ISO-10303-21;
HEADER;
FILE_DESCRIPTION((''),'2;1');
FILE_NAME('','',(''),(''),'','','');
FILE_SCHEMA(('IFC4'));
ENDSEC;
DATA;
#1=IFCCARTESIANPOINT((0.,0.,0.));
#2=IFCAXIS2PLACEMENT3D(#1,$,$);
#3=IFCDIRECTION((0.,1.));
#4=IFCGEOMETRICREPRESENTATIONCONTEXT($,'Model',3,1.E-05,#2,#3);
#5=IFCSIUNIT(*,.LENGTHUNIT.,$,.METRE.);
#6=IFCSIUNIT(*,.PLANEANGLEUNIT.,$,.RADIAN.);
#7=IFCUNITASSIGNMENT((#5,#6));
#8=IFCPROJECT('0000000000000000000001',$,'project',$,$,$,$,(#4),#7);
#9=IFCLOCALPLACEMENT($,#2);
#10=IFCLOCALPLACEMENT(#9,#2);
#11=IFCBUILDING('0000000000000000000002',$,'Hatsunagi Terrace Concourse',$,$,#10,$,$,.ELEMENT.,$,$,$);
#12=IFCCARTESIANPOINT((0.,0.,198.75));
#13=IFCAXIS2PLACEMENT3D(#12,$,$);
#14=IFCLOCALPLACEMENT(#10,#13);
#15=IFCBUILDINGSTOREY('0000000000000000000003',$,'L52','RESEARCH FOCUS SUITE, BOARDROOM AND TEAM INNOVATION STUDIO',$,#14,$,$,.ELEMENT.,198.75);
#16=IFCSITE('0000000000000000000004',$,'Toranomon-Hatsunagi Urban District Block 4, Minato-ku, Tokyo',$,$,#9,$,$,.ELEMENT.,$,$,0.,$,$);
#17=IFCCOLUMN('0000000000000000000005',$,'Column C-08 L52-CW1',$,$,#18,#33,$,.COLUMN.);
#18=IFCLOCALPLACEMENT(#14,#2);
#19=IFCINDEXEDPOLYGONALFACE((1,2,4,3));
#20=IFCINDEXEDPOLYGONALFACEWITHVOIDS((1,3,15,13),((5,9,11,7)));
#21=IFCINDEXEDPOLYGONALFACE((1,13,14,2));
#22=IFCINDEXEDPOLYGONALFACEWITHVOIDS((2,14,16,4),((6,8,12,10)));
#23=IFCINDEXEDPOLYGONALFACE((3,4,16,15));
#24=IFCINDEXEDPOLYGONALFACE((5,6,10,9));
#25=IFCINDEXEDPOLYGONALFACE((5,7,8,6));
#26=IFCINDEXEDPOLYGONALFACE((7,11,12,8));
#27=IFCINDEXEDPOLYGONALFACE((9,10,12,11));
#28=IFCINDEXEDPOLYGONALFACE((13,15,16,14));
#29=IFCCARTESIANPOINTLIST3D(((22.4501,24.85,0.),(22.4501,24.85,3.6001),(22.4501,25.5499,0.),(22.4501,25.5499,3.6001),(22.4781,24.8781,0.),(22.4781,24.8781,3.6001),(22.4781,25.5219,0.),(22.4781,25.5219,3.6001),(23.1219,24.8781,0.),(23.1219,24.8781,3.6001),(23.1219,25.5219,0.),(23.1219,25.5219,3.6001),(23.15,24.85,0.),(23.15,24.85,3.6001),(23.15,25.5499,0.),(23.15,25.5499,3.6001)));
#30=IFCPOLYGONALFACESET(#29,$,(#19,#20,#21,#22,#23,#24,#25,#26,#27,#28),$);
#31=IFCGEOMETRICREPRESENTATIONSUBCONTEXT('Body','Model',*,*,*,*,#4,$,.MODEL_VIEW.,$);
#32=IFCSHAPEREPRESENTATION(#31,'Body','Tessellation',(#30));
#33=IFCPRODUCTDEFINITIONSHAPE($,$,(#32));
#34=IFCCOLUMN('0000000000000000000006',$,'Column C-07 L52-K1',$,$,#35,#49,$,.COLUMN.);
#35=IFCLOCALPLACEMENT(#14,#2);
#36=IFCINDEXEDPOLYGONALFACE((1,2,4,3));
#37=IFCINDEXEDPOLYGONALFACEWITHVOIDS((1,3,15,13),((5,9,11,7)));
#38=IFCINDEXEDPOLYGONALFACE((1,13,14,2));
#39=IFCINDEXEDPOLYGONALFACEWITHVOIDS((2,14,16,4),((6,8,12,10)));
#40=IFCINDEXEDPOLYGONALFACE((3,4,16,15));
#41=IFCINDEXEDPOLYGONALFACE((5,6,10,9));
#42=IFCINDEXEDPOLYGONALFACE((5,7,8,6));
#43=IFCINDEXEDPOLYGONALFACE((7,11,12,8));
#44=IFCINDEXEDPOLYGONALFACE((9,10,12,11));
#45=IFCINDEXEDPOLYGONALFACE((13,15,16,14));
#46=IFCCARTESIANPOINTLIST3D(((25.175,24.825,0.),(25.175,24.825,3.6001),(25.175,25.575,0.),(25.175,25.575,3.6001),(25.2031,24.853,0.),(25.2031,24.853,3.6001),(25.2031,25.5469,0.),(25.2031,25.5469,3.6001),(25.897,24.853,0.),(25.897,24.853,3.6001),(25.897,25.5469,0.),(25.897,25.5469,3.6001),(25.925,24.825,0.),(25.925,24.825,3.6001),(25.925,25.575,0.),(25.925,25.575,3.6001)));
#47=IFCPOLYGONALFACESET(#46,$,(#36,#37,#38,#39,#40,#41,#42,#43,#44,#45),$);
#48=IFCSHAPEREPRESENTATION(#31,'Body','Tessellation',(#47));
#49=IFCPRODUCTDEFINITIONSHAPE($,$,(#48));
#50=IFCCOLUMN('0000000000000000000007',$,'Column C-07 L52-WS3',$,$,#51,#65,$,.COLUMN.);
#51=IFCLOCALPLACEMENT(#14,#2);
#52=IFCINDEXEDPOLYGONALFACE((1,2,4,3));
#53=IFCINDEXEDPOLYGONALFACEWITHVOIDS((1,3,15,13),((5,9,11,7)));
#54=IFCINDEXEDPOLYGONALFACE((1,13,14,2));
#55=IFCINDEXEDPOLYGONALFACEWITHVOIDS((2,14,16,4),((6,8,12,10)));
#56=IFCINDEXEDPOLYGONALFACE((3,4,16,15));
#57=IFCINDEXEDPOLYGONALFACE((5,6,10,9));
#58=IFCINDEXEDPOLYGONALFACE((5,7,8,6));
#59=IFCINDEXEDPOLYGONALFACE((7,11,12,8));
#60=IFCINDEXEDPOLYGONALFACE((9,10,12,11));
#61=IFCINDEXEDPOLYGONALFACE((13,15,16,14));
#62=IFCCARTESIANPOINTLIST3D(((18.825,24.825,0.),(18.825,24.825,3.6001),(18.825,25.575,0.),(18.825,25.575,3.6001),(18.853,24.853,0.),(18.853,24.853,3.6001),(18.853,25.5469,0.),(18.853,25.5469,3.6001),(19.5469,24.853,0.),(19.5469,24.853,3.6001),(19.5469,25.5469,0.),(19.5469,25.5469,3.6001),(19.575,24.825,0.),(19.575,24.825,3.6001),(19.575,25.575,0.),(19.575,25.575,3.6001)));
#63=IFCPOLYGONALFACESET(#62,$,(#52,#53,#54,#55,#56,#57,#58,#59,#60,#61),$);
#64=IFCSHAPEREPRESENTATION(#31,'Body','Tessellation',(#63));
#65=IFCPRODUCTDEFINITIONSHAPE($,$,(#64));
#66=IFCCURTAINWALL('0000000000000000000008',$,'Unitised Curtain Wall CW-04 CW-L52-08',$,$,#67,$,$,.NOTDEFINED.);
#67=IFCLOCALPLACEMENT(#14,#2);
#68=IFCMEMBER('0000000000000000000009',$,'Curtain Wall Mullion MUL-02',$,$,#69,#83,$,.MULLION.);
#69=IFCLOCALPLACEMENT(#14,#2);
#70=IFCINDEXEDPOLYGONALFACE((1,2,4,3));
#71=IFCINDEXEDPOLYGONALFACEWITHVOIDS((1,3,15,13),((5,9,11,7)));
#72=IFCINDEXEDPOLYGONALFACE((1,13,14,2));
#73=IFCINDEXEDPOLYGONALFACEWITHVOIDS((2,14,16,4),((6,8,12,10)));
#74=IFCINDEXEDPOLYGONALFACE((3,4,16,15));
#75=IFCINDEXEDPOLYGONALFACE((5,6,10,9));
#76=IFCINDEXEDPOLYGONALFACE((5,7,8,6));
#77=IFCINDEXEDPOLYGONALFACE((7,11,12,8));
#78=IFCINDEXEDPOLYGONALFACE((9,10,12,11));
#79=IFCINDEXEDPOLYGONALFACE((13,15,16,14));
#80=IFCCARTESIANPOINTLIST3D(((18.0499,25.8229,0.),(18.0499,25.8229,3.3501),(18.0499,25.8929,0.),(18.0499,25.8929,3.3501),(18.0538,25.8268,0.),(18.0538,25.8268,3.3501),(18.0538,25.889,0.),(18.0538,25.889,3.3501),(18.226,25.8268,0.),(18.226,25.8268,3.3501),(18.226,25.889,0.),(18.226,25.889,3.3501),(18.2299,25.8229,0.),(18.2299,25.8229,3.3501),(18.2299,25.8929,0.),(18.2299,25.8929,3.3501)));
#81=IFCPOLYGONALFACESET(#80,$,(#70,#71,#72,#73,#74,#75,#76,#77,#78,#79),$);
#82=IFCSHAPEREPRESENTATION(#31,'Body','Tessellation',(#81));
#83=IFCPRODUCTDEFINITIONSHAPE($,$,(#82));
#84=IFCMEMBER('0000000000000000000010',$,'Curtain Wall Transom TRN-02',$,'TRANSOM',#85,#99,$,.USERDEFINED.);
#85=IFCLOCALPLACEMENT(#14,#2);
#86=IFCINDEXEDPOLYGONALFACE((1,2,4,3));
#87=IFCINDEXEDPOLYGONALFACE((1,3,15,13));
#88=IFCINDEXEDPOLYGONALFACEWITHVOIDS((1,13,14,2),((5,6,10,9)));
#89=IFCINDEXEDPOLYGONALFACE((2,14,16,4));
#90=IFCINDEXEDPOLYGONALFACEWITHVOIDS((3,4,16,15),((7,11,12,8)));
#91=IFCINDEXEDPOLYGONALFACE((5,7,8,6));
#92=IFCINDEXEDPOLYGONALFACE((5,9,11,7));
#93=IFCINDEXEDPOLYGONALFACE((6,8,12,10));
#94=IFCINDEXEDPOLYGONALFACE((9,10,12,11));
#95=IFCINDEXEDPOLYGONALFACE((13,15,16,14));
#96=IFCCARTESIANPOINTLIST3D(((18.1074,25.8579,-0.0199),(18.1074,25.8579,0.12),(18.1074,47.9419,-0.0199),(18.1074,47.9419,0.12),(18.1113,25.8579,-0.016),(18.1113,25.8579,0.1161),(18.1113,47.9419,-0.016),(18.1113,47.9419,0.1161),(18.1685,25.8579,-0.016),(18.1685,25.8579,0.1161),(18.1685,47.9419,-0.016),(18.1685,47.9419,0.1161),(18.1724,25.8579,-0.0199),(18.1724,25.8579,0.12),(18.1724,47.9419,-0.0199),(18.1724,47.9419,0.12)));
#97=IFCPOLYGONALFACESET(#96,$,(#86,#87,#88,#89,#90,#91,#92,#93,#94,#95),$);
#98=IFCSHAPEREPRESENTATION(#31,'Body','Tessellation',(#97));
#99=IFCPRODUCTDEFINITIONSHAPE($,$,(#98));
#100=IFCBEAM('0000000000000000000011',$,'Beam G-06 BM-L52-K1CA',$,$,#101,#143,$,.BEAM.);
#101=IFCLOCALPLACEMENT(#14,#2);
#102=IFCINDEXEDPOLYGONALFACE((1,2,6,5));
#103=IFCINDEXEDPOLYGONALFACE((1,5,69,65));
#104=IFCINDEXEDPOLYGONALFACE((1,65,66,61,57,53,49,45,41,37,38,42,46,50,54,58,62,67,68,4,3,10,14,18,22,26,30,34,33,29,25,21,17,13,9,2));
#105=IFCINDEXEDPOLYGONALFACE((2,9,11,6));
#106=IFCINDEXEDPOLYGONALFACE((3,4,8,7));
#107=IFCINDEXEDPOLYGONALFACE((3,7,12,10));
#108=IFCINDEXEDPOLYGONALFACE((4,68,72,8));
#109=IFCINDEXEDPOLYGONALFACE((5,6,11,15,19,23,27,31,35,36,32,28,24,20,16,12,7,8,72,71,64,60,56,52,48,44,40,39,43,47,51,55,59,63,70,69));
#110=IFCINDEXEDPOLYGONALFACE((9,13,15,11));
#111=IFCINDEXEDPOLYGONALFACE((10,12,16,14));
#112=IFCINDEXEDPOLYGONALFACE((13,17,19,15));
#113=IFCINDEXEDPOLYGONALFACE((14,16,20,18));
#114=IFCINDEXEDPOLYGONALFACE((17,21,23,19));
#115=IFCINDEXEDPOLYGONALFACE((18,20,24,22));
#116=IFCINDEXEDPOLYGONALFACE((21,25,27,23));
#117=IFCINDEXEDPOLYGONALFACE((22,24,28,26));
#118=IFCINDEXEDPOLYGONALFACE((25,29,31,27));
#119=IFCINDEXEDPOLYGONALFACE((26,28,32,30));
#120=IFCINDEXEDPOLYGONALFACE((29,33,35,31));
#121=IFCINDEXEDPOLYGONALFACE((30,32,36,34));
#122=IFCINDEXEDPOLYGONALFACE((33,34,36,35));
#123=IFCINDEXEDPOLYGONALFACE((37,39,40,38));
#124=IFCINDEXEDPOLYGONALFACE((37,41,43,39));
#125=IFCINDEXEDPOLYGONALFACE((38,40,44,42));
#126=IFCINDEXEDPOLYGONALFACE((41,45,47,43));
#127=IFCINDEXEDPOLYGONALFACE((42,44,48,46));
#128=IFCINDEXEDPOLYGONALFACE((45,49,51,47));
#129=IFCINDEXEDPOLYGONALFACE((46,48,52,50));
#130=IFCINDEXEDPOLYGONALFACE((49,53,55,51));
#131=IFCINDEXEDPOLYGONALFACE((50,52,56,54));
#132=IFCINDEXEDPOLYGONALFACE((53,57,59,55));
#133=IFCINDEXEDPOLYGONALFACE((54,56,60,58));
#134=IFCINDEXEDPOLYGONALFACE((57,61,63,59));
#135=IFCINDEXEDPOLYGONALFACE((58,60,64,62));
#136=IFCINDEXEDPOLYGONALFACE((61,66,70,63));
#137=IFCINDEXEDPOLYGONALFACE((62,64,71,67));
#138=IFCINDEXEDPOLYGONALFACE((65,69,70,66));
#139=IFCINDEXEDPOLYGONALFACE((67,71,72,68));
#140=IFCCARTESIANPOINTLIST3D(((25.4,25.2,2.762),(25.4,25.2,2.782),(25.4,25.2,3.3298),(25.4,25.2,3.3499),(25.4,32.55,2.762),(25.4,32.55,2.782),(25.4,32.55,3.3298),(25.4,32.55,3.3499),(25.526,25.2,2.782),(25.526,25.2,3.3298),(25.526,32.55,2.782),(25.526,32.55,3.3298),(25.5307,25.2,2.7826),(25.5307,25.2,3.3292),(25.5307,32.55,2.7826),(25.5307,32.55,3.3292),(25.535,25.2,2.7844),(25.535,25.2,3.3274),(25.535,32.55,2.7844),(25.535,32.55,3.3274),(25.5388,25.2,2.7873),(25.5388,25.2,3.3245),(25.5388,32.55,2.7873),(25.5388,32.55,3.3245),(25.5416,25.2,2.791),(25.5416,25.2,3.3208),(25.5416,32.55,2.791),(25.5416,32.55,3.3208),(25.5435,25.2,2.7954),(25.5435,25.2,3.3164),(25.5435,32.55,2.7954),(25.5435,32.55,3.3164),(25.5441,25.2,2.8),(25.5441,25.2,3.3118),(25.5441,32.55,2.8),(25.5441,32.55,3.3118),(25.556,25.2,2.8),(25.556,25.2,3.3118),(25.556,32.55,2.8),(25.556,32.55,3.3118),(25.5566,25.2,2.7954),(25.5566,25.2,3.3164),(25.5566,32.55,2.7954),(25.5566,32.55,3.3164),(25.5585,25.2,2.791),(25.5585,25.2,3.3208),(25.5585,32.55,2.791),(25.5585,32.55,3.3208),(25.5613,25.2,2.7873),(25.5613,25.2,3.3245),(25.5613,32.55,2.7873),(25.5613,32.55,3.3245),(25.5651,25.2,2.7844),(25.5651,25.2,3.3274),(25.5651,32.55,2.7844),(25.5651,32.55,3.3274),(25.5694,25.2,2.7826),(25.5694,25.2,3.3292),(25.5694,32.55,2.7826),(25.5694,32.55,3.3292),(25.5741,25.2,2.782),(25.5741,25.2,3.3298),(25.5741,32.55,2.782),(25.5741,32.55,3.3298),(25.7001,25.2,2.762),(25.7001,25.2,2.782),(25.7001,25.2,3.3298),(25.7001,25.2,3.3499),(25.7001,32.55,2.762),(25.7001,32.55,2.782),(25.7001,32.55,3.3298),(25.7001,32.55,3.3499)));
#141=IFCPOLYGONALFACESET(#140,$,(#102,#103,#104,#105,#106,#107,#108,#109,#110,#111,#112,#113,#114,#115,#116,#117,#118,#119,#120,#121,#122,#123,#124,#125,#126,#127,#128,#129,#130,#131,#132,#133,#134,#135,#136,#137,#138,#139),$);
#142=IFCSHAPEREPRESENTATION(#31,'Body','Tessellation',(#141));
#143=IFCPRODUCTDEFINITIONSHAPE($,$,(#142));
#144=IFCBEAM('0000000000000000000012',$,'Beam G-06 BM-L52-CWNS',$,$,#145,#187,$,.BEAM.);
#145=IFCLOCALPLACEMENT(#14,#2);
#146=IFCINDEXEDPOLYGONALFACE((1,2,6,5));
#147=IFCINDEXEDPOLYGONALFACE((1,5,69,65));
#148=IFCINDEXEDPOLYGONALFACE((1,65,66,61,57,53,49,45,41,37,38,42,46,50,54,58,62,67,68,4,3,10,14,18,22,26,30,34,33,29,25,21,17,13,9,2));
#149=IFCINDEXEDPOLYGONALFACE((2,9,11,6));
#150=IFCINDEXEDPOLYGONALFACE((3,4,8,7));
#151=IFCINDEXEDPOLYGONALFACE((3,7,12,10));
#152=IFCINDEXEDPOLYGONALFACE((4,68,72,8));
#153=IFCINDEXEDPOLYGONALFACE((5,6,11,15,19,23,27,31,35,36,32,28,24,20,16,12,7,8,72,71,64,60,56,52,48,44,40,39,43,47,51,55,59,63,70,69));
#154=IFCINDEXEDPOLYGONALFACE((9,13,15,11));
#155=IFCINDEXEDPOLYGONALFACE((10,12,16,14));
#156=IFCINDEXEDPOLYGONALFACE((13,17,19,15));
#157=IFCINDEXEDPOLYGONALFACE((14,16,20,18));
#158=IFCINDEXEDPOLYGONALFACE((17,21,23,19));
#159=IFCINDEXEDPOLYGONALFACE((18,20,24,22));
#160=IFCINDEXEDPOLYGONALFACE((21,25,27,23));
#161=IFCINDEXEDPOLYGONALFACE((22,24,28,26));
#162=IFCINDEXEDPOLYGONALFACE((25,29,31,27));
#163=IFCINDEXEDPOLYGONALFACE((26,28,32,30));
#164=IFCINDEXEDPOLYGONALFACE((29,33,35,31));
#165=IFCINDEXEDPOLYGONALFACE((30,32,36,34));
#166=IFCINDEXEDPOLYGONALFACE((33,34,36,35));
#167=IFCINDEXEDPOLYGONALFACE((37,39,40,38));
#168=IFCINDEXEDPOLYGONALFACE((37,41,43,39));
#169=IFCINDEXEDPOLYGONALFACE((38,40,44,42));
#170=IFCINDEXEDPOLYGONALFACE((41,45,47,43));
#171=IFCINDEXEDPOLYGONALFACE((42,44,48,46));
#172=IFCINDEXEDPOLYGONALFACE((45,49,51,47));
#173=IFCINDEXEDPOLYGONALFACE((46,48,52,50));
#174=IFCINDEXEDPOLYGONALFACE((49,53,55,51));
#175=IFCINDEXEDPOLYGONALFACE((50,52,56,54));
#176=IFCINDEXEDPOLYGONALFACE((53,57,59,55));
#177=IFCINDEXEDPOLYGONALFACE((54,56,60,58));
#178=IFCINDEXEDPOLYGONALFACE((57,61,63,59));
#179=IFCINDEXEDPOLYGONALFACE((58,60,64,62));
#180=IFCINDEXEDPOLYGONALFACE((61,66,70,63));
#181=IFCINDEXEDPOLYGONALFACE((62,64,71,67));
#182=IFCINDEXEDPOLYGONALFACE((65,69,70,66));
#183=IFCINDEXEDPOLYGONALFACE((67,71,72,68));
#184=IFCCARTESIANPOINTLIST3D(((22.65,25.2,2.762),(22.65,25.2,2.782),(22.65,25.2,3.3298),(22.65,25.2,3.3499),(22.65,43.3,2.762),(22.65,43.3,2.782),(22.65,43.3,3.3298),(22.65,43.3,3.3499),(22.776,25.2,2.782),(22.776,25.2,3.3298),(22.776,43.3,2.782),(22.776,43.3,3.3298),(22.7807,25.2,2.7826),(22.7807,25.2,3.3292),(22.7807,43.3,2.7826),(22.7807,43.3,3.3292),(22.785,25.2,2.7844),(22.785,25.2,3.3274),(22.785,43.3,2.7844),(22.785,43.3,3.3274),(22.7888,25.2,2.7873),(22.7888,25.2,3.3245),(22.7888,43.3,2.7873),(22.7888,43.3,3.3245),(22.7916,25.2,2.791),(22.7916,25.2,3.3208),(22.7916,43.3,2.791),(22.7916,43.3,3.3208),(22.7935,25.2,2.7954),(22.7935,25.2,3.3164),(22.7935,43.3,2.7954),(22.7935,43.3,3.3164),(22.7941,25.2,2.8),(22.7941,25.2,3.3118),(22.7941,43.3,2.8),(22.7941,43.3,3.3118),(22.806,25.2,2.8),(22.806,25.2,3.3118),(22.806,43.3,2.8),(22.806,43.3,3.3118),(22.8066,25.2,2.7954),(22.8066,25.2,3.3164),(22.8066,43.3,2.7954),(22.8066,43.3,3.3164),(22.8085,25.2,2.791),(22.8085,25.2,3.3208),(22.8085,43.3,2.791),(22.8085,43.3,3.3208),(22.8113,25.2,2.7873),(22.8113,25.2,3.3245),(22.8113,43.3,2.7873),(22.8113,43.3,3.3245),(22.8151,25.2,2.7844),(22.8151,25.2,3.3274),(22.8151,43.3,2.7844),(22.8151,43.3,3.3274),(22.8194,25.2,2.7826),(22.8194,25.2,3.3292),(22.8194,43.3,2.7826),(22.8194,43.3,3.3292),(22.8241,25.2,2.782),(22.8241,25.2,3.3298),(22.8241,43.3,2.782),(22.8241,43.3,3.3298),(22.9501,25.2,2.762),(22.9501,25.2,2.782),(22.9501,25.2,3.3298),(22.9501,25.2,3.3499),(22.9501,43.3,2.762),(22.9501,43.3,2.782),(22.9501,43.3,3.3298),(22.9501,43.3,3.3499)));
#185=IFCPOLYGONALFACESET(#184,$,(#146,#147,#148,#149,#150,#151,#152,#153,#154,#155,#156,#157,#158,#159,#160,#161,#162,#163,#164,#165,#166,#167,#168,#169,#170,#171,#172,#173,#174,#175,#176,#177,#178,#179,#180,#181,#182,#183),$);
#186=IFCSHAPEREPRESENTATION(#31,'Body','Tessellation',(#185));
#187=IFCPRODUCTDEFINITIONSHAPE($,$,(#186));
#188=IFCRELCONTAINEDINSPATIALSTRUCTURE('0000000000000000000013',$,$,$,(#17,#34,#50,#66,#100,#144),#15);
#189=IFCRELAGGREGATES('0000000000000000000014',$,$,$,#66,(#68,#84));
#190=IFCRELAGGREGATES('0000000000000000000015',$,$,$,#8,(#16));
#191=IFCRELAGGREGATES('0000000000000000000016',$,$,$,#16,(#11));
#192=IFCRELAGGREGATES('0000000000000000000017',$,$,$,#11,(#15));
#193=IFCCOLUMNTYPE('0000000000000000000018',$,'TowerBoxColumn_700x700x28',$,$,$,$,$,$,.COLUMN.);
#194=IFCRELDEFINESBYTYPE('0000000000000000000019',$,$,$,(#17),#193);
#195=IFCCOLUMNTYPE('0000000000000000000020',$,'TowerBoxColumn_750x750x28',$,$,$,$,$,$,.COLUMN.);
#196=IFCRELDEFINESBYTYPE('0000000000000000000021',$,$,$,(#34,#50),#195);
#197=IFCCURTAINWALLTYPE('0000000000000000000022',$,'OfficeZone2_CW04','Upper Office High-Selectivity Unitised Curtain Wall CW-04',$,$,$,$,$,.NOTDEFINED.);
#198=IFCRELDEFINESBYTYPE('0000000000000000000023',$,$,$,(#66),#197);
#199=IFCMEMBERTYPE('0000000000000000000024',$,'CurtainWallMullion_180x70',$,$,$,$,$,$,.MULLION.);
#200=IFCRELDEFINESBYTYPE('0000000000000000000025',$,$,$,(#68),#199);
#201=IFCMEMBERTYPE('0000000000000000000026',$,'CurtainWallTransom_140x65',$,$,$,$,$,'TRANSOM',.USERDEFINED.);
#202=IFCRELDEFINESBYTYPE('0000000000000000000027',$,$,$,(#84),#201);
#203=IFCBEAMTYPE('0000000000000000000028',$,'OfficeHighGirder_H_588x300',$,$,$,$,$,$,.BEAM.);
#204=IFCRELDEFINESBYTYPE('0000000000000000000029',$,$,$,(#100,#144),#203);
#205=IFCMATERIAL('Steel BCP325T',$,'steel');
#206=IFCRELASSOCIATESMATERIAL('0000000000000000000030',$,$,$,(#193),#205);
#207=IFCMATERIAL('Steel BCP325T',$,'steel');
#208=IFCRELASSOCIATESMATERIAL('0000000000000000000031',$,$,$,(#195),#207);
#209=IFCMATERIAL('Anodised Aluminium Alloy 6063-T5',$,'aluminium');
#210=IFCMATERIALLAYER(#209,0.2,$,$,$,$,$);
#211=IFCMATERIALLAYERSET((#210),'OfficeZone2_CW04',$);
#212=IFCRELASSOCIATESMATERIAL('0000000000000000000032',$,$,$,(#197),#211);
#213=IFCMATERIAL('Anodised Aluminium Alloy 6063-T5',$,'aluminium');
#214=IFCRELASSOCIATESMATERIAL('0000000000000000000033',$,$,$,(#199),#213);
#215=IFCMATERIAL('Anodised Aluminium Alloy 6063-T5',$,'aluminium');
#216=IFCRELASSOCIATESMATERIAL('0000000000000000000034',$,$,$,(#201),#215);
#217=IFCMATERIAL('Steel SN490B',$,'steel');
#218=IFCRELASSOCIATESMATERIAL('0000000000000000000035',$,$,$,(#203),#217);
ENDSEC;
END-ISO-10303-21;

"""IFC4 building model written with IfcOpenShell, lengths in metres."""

from ifc_helpers import new_model, si_unit, direction, frame, origin, origin_2d, place, context, subcontext, project, spatial, hollow_rectangle, i_section, extrude, material, layer, layer_set, material_profile, profile_set, type_object, element, aggregate, save


model = new_model("IFC4")

# Units and contexts
model_context = context("Model", 3, precision=1e-05, world=origin(), true_north=direction((0.0, 1.0)))
body_context = subcontext(model_context, "Body", "Model", "MODEL_VIEW")
ifc_project = project(units=[si_unit("LENGTHUNIT", "METRE"), si_unit("PLANEANGLEUNIT", "RADIAN")], contexts=[model_context])

# Site, building, storey
site_placement = place(None, origin())
site = spatial("IfcSite", under=ifc_project, at=site_placement, Name="Toranomon-Hatsunagi Urban District Block 4, Minato-ku, Tokyo", CompositionType="ELEMENT", RefElevation=0.0)
building_placement = place(site_placement, origin())
building = spatial("IfcBuilding", under=site, at=building_placement, Name="Hatsunagi Terrace Concourse", CompositionType="ELEMENT")
storey_placement = place(building_placement, frame((0.0, 0.0, 198.75)))
storey = spatial("IfcBuildingStorey", under=building, at=storey_placement, Name="L52", Description="RESEARCH FOCUS SUITE, BOARDROOM AND TEAM INNOVATION STUDIO", CompositionType="ELEMENT", Elevation=198.75)

# Columns
ifc_material_1 = material(Name="Steel BCP325T", Category="steel")
ifc_material_profile_1 = material_profile(ifc_material_1, hollow_rectangle(XDim=0.7, YDim=0.7, WallThickness=0.0281, at=origin_2d()), Name="BCP-700x700x28")
ifc_profile_set_1 = profile_set([ifc_material_profile_1], Name="Steel BCP325T")
column_type_1 = type_object("IfcColumnType", Name="TowerBoxColumn_700x700x28", PredefinedType="COLUMN", material=ifc_profile_set_1)
column_placement = place(storey_placement, frame((22.8, 25.2, 0.0), z_axis=(0.0, 0.0, 1.0), x_axis=(1.0, 0.0, 0.0)))
element("IfcColumn", 1, at=column_placement, inside=storey, type_object=column_type_1, Name="Column C-08 L52-CW1", PredefinedType="COLUMN", context=body_context, shape_type="SweptSolid", body=[
    extrude(hollow_rectangle(XDim=0.7, YDim=0.7, WallThickness=0.0281, at=origin_2d()), origin(), (0.0, 0.0, 1.0), 3.6001),
])
ifc_material_2 = material(Name="Steel BCP325T", Category="steel")
ifc_material_profile_2 = material_profile(ifc_material_2, hollow_rectangle(XDim=0.75, YDim=0.75, WallThickness=0.0281, at=origin_2d()), Name="BCP-750x750x28")
ifc_profile_set_2 = profile_set([ifc_material_profile_2], Name="Steel BCP325T")
column_type_2 = type_object("IfcColumnType", Name="TowerBoxColumn_750x750x28", PredefinedType="COLUMN", material=ifc_profile_set_2)
for number, where, z_axis, x_axis, name in (
    (2, (25.55, 25.2, 0.0), (0.0, 0.0, 1.0), (1.0, 0.0, 0.0), "Column C-07 L52-K1"),
    (3, (19.2, 25.2, 0.0), (0.0, 0.0, 1.0), (1.0, 0.0, 0.0), "Column C-07 L52-WS3"),
):
    element("IfcColumn", number, at=place(storey_placement, frame(where, z_axis=z_axis, x_axis=x_axis)), inside=storey, type_object=column_type_2, Name=name, PredefinedType="COLUMN", context=body_context, shape_type="SweptSolid", body=[
        extrude(hollow_rectangle(XDim=0.75, YDim=0.75, WallThickness=0.0281, at=origin_2d()), origin(), (0.0, 0.0, 1.0), 3.6001),
    ])

# Curtain wall, members
ifc_material_3 = material(Name="Anodised Aluminium Alloy 6063-T5", Category="aluminium")
ifc_layer_1 = layer(ifc_material_3, 0.2)
ifc_layer_set_1 = layer_set([ifc_layer_1], Name="OfficeZone2_CW04")
curtain_wall_type = type_object("IfcCurtainWallType", Name="OfficeZone2_CW04", Description="Upper Office High-Selectivity Unitised Curtain Wall CW-04", PredefinedType="NOTDEFINED", material=ifc_layer_set_1)
curtain_wall_placement = place(storey_placement, origin())
curtain_wall = element("IfcCurtainWall", 4, at=curtain_wall_placement, inside=storey, type_object=curtain_wall_type, Name="Unitised Curtain Wall CW-04 CW-L52-08", PredefinedType="NOTDEFINED")
ifc_material_4 = material(Name="Anodised Aluminium Alloy 6063-T5", Category="aluminium")
ifc_material_profile_3 = material_profile(ifc_material_4, hollow_rectangle(XDim=0.0701, YDim=0.1799, WallThickness=0.0039, at=origin_2d()), Name="ALU-MUL-180x70x4")
ifc_profile_set_3 = profile_set([ifc_material_profile_3], Name="Anodised Aluminium Alloy 6063-T5")
member_type_1 = type_object("IfcMemberType", Name="CurtainWallMullion_180x70", PredefinedType="MULLION", material=ifc_profile_set_3)
member_1_placement = place(storey_placement, frame((18.1399, 25.8579, 0.0), z_axis=(0.0, 0.0, 1.0), x_axis=(0.0, 1.0, 0.0)))
member_1 = element("IfcMember", 5, at=member_1_placement, type_object=member_type_1, Name="Curtain Wall Mullion MUL-02", PredefinedType="MULLION", context=body_context, shape_type="SweptSolid", body=[
    extrude(hollow_rectangle(XDim=0.0701, YDim=0.1799, WallThickness=0.0039, at=origin_2d()), origin(), (0.0, 0.0, 1.0), 3.3501),
])
ifc_material_5 = material(Name="Anodised Aluminium Alloy 6063-T5", Category="aluminium")
ifc_material_profile_4 = material_profile(ifc_material_5, hollow_rectangle(XDim=0.0649, YDim=0.1399, WallThickness=0.0039, at=origin_2d()), Name="ALU-TRN-140x65x4")
ifc_profile_set_4 = profile_set([ifc_material_profile_4], Name="Anodised Aluminium Alloy 6063-T5")
member_type_2 = type_object("IfcMemberType", Name="CurtainWallTransom_140x65", ElementType="TRANSOM", PredefinedType="USERDEFINED", material=ifc_profile_set_4)
member_2_placement = place(storey_placement, frame((18.1399, 25.8579, 0.05), z_axis=(0.0, 1.0, 0.0), x_axis=(-1.0, 0.0, 0.0)))
member_2 = element("IfcMember", 6, at=member_2_placement, type_object=member_type_2, Name="Curtain Wall Transom TRN-02", ObjectType="TRANSOM", PredefinedType="USERDEFINED", context=body_context, shape_type="SweptSolid", body=[
    extrude(hollow_rectangle(XDim=0.0649, YDim=0.1399, WallThickness=0.0039, at=origin_2d()), origin(), (0.0, 0.0, 1.0), 22.084),
])
aggregate(curtain_wall, [member_1, member_2])

# Beams
ifc_material_6 = material(Name="Steel SN490B", Category="steel")
ifc_material_profile_5 = material_profile(ifc_material_6, i_section(OverallWidth=0.3, OverallDepth=0.5879, WebThickness=0.012, FlangeThickness=0.02, FilletRadius=0.0181, at=origin_2d()), Name="H-588x300x12x20")
ifc_profile_set_5 = profile_set([ifc_material_profile_5], Name="Steel SN490B")
beam_type_1 = type_object("IfcBeamType", Name="OfficeHighGirder_H_588x300", PredefinedType="BEAM", material=ifc_profile_set_5)
beam_1_placement = place(storey_placement, frame((25.55, 25.2, 3.0559), z_axis=(0.0, 1.0, 0.0), x_axis=(-1.0, 0.0, 0.0)))
element("IfcBeam", 7, at=beam_1_placement, inside=storey, type_object=beam_type_1, Name="Beam G-06 BM-L52-K1CA", PredefinedType="BEAM", context=body_context, shape_type="SweptSolid", body=[
    extrude(i_section(OverallWidth=0.3, OverallDepth=0.5879, WebThickness=0.012, FlangeThickness=0.02, FilletRadius=0.0181, at=origin_2d()), origin(), (0.0, 0.0, 1.0), 7.3501),
])
beam_2_placement = place(storey_placement, frame((22.8, 25.2, 3.0559), z_axis=(0.0, 1.0, 0.0), x_axis=(-1.0, 0.0, 0.0)))
element("IfcBeam", 8, at=beam_2_placement, inside=storey, type_object=beam_type_1, Name="Beam G-06 BM-L52-CWNS", PredefinedType="BEAM", context=body_context, shape_type="SweptSolid", body=[
    extrude(i_section(OverallWidth=0.3, OverallDepth=0.5879, WebThickness=0.012, FlangeThickness=0.02, FilletRadius=0.0181, at=origin_2d()), origin(), (0.0, 0.0, 1.0), 18.1001),
])

save(model, "model.ifc")
